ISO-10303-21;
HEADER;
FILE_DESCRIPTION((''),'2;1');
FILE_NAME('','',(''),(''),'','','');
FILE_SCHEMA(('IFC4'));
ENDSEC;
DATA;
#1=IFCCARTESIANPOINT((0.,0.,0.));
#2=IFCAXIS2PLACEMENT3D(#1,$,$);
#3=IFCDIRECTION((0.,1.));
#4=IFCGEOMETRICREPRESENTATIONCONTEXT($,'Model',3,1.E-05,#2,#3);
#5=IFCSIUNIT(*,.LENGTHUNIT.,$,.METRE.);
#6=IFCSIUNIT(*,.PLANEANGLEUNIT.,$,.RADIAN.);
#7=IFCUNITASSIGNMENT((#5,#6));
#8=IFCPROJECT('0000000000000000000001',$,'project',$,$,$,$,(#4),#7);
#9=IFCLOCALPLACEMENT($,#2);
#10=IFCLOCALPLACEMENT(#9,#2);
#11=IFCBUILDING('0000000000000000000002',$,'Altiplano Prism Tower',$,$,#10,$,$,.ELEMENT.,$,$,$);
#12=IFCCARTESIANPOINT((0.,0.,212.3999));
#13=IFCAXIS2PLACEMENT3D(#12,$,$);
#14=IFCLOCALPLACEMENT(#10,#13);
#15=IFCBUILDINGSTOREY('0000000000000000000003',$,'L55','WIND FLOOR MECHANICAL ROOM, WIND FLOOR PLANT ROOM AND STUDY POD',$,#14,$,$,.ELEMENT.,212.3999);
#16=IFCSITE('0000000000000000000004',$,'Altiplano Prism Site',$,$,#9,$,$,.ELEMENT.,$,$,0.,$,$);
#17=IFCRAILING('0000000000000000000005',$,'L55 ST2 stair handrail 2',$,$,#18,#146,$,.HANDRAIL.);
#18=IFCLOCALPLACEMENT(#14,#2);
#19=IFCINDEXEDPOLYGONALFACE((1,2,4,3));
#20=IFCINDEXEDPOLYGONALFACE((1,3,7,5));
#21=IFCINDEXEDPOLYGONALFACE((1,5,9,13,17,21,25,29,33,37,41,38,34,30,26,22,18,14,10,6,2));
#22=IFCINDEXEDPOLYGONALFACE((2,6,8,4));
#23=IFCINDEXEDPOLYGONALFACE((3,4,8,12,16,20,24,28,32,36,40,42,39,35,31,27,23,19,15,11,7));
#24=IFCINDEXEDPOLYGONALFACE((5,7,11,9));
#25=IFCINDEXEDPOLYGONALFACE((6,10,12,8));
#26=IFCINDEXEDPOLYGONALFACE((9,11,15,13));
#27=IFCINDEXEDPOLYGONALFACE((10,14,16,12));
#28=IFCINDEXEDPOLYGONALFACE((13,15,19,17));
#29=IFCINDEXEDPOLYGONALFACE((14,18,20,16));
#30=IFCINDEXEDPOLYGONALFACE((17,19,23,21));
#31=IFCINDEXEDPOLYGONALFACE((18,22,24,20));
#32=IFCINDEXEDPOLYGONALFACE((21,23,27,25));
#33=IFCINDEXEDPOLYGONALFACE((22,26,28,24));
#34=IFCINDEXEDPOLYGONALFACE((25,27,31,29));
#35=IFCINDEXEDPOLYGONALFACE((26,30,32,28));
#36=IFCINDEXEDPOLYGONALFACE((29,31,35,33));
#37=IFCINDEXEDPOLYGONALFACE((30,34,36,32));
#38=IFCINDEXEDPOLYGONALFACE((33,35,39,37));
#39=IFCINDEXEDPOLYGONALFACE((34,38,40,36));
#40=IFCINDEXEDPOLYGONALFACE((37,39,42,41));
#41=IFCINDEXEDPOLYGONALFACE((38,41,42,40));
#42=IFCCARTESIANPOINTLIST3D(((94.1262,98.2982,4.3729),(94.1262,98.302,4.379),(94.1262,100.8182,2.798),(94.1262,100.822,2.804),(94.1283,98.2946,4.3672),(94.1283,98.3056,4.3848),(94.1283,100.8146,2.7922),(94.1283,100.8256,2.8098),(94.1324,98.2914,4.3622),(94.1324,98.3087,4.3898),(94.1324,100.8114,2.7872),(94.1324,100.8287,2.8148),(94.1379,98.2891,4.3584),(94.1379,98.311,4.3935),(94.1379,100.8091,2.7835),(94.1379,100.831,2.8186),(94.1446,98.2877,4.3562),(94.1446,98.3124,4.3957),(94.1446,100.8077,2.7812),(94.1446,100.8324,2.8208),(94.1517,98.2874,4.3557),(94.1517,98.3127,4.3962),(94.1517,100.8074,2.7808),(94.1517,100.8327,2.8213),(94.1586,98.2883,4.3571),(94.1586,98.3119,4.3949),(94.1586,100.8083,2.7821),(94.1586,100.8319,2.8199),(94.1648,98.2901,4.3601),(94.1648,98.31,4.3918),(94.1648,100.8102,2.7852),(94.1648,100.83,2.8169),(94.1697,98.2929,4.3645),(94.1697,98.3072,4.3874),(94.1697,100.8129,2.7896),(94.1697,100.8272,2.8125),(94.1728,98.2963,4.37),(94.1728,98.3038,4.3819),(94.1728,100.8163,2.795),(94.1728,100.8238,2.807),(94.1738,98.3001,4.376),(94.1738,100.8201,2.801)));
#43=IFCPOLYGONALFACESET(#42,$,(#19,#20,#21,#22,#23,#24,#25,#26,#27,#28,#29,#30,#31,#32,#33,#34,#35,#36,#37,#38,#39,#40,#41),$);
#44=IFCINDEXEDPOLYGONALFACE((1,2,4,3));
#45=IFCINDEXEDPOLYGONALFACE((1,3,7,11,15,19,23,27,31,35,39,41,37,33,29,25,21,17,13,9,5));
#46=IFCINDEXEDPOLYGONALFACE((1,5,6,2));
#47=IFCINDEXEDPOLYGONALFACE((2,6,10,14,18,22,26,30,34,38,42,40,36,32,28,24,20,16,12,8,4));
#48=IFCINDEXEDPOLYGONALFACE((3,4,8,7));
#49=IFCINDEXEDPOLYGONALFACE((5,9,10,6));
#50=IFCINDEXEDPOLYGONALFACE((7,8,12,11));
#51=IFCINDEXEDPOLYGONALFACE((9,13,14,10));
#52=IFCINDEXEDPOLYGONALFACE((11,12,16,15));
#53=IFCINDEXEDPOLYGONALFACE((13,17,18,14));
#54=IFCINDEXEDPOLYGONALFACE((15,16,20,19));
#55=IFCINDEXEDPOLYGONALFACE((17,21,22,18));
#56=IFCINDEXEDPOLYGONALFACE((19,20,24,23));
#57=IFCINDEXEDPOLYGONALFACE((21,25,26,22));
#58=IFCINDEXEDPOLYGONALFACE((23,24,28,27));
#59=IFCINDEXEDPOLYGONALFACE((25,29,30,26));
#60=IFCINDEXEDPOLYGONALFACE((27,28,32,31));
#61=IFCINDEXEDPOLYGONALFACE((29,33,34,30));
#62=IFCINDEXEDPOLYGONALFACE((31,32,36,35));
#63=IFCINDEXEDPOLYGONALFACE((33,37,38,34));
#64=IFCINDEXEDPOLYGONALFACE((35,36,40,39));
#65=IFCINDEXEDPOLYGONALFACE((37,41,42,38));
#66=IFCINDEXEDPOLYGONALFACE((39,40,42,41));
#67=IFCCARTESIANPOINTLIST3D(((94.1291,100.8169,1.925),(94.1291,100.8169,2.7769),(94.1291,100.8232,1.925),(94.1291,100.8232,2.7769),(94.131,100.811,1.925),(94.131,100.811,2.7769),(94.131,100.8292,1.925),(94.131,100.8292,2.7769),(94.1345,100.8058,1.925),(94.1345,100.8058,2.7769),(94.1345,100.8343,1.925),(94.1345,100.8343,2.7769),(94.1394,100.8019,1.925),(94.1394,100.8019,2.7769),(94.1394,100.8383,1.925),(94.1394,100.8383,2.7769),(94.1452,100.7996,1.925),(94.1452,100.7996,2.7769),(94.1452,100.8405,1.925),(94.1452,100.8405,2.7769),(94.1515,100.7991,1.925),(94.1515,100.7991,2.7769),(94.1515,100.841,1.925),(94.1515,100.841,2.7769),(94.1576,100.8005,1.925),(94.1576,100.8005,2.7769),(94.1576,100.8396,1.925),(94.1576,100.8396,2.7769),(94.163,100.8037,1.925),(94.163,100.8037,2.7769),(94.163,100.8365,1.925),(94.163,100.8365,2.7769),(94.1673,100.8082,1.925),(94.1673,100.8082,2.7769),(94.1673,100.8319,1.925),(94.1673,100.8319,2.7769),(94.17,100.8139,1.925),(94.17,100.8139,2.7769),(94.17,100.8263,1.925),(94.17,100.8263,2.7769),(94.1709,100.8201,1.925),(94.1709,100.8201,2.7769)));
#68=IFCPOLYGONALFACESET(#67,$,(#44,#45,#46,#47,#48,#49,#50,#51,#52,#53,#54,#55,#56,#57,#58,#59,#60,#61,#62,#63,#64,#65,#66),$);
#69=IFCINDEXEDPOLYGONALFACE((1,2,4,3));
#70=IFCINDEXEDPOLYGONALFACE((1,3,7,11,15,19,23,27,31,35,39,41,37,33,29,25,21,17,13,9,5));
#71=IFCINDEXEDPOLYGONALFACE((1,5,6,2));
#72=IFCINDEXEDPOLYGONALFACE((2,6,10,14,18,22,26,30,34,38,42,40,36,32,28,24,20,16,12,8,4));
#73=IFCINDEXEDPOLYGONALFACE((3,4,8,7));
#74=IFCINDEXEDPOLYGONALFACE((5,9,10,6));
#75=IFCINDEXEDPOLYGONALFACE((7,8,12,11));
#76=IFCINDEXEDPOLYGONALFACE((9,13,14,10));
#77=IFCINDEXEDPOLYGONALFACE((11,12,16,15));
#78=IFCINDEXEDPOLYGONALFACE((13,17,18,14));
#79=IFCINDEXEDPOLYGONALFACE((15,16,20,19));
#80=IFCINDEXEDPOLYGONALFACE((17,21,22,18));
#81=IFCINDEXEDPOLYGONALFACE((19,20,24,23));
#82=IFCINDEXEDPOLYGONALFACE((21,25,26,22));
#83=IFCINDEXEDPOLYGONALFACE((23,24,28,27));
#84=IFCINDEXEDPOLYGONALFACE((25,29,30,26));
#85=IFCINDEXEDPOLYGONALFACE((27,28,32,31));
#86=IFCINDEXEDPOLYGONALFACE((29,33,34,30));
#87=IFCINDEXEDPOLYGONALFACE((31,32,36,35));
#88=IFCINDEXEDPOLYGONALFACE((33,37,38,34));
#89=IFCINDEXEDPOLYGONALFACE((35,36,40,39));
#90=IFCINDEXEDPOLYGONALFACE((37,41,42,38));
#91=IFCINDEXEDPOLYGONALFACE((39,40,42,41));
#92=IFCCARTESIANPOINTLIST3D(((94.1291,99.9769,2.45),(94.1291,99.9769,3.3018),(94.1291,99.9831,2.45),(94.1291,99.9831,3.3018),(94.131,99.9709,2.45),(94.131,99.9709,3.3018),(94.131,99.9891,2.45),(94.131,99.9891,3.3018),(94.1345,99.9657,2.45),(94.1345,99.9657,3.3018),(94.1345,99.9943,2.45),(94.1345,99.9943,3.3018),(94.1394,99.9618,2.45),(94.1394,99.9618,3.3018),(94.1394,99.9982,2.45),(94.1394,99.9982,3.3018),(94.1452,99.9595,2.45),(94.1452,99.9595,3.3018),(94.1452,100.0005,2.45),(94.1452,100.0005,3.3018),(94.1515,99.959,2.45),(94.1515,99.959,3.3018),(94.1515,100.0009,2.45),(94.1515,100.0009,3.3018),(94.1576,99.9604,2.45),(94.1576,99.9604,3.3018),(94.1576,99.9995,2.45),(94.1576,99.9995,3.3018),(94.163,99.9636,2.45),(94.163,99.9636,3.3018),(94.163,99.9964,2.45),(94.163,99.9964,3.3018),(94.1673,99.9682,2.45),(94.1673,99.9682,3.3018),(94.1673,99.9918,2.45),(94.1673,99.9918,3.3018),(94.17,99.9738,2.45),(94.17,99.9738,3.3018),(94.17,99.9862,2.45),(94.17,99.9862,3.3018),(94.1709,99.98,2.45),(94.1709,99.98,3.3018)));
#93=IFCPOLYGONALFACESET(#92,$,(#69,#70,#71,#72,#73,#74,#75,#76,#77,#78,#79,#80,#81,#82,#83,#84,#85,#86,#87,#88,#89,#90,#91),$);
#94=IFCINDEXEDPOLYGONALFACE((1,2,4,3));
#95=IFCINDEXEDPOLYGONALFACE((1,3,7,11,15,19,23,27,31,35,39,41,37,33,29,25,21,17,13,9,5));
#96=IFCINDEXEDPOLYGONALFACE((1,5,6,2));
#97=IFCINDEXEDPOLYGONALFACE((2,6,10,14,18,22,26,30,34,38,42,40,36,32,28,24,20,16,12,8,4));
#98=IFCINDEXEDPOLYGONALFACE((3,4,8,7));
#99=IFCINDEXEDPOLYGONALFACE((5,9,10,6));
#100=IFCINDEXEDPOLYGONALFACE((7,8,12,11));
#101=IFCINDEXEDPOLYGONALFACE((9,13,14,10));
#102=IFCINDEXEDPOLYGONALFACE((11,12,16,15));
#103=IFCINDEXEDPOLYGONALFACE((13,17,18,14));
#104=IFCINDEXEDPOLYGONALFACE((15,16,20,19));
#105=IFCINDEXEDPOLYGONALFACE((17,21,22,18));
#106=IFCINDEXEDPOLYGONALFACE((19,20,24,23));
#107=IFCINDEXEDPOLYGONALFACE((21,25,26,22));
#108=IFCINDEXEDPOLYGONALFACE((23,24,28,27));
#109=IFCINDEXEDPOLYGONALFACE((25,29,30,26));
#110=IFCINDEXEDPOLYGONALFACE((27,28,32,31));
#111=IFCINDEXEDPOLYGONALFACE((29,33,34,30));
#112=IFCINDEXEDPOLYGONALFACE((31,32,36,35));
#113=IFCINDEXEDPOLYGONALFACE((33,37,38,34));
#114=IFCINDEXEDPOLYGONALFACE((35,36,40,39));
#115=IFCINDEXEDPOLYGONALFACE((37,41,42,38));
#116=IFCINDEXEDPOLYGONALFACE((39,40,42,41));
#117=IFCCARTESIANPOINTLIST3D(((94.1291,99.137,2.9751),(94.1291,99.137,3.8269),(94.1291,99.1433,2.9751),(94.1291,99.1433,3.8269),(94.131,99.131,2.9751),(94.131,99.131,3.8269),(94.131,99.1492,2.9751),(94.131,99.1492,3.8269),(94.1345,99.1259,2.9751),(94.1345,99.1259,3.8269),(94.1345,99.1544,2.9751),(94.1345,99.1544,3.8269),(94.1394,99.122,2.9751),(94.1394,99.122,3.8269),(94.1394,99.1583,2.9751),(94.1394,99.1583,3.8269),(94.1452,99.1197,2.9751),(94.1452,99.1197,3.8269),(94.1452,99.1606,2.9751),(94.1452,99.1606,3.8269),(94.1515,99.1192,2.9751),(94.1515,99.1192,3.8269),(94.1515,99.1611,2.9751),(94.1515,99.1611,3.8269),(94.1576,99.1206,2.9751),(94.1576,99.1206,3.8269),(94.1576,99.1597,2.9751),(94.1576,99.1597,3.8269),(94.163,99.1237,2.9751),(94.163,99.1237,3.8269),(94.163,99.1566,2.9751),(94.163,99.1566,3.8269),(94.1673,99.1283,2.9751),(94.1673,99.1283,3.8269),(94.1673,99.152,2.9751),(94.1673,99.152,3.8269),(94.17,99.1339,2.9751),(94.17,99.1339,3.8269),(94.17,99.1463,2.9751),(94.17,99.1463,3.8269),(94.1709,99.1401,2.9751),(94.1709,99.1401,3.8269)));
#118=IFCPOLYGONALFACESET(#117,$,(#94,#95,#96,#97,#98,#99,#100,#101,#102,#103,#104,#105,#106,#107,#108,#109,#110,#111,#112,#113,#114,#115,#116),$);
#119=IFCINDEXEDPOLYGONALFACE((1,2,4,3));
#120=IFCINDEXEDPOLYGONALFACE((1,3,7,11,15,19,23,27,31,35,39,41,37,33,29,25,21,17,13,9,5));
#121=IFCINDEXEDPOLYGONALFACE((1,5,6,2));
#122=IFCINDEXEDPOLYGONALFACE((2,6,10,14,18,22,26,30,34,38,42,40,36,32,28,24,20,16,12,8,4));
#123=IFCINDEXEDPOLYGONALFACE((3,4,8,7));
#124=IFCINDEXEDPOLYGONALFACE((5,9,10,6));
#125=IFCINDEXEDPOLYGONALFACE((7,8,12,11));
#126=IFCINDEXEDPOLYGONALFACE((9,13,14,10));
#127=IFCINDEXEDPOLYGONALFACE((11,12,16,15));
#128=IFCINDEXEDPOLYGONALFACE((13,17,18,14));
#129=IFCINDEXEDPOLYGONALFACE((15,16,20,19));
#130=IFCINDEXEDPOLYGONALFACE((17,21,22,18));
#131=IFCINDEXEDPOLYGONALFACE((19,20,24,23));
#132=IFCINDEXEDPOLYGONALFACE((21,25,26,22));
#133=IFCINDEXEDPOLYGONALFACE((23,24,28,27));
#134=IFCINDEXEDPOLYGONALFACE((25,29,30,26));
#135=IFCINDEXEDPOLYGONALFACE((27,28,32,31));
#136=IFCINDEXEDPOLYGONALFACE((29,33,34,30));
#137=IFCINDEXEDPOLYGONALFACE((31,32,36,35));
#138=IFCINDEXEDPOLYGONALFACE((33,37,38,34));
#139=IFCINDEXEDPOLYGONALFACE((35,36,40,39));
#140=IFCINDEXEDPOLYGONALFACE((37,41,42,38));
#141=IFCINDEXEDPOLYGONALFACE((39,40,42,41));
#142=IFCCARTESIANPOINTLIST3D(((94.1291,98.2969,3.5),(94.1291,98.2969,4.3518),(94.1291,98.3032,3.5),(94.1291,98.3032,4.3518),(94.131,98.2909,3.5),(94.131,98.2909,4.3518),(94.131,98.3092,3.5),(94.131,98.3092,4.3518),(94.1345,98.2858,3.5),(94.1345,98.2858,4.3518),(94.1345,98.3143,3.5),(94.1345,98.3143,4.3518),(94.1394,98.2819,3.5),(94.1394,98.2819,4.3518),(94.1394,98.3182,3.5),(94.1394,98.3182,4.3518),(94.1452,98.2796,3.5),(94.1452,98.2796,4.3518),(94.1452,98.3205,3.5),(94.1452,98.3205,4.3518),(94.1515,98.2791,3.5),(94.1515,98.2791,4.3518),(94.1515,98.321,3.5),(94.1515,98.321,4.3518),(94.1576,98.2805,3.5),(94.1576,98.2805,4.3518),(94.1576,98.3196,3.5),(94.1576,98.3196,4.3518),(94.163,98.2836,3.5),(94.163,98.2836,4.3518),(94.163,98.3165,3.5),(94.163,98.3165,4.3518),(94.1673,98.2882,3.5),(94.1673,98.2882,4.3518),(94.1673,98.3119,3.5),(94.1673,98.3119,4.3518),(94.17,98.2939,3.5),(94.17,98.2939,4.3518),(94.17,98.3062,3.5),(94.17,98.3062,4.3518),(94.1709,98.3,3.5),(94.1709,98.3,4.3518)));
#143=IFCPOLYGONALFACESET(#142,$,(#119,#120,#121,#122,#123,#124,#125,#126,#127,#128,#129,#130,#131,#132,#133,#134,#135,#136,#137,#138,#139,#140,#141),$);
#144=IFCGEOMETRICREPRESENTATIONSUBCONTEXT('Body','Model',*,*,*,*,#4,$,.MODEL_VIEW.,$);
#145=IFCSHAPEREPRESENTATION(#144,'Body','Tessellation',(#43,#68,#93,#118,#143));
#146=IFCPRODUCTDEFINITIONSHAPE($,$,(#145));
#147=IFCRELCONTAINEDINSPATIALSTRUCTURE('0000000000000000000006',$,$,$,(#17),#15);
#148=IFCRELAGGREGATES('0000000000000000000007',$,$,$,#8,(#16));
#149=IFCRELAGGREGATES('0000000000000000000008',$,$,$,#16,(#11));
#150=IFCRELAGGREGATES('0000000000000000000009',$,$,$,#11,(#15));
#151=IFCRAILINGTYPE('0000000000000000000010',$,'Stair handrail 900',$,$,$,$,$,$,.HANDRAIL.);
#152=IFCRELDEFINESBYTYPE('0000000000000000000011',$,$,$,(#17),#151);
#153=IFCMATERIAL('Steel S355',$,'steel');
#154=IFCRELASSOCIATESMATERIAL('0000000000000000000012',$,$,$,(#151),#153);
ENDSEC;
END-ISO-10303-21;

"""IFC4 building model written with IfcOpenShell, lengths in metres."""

from ifc_helpers import new_model, si_unit, direction, frame, origin, origin_2d, place, context, subcontext, project, spatial, circle, extrude, material, type_object, element, save


model = new_model("IFC4")

# Units and contexts
model_context = context("Model", 3, precision=1e-05, world=origin(), true_north=direction((0.0, 1.0)))
body_context = subcontext(model_context, "Body", "Model", "MODEL_VIEW")
ifc_project = project(units=[si_unit("LENGTHUNIT", "METRE"), si_unit("PLANEANGLEUNIT", "RADIAN")], contexts=[model_context])

# Site, building, storey
site_placement = place(None, origin())
site = spatial("IfcSite", under=ifc_project, at=site_placement, Name="Altiplano Prism Site", CompositionType="ELEMENT", RefElevation=0.0)
building_placement = place(site_placement, origin())
building = spatial("IfcBuilding", under=site, at=building_placement, Name="Altiplano Prism Tower", CompositionType="ELEMENT")
storey_placement = place(building_placement, frame((0.0, 0.0, 212.3999)))
storey = spatial("IfcBuildingStorey", under=building, at=storey_placement, Name="L55", Description="WIND FLOOR MECHANICAL ROOM, WIND FLOOR PLANT ROOM AND STUDY POD", CompositionType="ELEMENT", Elevation=212.3999)

# Shared definitions
ifc_material_1 = material(Name="Steel S355", Category="steel")

# Railing
railing_type_1 = type_object("IfcRailingType", Name="Stair handrail 900", PredefinedType="HANDRAIL", material=ifc_material_1)
railing_1_placement = place(storey_placement, frame((94.1499, 100.8201, 1.925)))
element("IfcRailing", 1, at=railing_1_placement, inside=storey, type_object=railing_type_1, Name="L55 ST2 stair handrail 2", PredefinedType="HANDRAIL", context=body_context, shape_type="SweptSolid", body=[
    extrude(circle(Radius=0.0239, at=origin_2d()), frame((0.0, 0.0, 0.876), z_axis=(0.0, -0.848008, 0.529984), x_axis=(1.0, 0.0, 0.0)), (0.0, 0.0, 1.0), 2.9717),
    extrude(circle(Radius=0.021, at=origin_2d()), origin(), (0.0, 0.0, 1.0), 0.8518),
    extrude(circle(Radius=0.021, at=origin_2d()), frame((0.0, -0.8401, 0.5249)), (0.0, 0.0, 1.0), 0.8518),
    extrude(circle(Radius=0.021, at=origin_2d()), frame((0.0, -1.6799, 1.05)), (0.0, 0.0, 1.0), 0.8518),
    extrude(circle(Radius=0.021, at=origin_2d()), frame((0.0, -2.52, 1.575)), (0.0, 0.0, 1.0), 0.8518),
])

save(model, "model.ifc")
